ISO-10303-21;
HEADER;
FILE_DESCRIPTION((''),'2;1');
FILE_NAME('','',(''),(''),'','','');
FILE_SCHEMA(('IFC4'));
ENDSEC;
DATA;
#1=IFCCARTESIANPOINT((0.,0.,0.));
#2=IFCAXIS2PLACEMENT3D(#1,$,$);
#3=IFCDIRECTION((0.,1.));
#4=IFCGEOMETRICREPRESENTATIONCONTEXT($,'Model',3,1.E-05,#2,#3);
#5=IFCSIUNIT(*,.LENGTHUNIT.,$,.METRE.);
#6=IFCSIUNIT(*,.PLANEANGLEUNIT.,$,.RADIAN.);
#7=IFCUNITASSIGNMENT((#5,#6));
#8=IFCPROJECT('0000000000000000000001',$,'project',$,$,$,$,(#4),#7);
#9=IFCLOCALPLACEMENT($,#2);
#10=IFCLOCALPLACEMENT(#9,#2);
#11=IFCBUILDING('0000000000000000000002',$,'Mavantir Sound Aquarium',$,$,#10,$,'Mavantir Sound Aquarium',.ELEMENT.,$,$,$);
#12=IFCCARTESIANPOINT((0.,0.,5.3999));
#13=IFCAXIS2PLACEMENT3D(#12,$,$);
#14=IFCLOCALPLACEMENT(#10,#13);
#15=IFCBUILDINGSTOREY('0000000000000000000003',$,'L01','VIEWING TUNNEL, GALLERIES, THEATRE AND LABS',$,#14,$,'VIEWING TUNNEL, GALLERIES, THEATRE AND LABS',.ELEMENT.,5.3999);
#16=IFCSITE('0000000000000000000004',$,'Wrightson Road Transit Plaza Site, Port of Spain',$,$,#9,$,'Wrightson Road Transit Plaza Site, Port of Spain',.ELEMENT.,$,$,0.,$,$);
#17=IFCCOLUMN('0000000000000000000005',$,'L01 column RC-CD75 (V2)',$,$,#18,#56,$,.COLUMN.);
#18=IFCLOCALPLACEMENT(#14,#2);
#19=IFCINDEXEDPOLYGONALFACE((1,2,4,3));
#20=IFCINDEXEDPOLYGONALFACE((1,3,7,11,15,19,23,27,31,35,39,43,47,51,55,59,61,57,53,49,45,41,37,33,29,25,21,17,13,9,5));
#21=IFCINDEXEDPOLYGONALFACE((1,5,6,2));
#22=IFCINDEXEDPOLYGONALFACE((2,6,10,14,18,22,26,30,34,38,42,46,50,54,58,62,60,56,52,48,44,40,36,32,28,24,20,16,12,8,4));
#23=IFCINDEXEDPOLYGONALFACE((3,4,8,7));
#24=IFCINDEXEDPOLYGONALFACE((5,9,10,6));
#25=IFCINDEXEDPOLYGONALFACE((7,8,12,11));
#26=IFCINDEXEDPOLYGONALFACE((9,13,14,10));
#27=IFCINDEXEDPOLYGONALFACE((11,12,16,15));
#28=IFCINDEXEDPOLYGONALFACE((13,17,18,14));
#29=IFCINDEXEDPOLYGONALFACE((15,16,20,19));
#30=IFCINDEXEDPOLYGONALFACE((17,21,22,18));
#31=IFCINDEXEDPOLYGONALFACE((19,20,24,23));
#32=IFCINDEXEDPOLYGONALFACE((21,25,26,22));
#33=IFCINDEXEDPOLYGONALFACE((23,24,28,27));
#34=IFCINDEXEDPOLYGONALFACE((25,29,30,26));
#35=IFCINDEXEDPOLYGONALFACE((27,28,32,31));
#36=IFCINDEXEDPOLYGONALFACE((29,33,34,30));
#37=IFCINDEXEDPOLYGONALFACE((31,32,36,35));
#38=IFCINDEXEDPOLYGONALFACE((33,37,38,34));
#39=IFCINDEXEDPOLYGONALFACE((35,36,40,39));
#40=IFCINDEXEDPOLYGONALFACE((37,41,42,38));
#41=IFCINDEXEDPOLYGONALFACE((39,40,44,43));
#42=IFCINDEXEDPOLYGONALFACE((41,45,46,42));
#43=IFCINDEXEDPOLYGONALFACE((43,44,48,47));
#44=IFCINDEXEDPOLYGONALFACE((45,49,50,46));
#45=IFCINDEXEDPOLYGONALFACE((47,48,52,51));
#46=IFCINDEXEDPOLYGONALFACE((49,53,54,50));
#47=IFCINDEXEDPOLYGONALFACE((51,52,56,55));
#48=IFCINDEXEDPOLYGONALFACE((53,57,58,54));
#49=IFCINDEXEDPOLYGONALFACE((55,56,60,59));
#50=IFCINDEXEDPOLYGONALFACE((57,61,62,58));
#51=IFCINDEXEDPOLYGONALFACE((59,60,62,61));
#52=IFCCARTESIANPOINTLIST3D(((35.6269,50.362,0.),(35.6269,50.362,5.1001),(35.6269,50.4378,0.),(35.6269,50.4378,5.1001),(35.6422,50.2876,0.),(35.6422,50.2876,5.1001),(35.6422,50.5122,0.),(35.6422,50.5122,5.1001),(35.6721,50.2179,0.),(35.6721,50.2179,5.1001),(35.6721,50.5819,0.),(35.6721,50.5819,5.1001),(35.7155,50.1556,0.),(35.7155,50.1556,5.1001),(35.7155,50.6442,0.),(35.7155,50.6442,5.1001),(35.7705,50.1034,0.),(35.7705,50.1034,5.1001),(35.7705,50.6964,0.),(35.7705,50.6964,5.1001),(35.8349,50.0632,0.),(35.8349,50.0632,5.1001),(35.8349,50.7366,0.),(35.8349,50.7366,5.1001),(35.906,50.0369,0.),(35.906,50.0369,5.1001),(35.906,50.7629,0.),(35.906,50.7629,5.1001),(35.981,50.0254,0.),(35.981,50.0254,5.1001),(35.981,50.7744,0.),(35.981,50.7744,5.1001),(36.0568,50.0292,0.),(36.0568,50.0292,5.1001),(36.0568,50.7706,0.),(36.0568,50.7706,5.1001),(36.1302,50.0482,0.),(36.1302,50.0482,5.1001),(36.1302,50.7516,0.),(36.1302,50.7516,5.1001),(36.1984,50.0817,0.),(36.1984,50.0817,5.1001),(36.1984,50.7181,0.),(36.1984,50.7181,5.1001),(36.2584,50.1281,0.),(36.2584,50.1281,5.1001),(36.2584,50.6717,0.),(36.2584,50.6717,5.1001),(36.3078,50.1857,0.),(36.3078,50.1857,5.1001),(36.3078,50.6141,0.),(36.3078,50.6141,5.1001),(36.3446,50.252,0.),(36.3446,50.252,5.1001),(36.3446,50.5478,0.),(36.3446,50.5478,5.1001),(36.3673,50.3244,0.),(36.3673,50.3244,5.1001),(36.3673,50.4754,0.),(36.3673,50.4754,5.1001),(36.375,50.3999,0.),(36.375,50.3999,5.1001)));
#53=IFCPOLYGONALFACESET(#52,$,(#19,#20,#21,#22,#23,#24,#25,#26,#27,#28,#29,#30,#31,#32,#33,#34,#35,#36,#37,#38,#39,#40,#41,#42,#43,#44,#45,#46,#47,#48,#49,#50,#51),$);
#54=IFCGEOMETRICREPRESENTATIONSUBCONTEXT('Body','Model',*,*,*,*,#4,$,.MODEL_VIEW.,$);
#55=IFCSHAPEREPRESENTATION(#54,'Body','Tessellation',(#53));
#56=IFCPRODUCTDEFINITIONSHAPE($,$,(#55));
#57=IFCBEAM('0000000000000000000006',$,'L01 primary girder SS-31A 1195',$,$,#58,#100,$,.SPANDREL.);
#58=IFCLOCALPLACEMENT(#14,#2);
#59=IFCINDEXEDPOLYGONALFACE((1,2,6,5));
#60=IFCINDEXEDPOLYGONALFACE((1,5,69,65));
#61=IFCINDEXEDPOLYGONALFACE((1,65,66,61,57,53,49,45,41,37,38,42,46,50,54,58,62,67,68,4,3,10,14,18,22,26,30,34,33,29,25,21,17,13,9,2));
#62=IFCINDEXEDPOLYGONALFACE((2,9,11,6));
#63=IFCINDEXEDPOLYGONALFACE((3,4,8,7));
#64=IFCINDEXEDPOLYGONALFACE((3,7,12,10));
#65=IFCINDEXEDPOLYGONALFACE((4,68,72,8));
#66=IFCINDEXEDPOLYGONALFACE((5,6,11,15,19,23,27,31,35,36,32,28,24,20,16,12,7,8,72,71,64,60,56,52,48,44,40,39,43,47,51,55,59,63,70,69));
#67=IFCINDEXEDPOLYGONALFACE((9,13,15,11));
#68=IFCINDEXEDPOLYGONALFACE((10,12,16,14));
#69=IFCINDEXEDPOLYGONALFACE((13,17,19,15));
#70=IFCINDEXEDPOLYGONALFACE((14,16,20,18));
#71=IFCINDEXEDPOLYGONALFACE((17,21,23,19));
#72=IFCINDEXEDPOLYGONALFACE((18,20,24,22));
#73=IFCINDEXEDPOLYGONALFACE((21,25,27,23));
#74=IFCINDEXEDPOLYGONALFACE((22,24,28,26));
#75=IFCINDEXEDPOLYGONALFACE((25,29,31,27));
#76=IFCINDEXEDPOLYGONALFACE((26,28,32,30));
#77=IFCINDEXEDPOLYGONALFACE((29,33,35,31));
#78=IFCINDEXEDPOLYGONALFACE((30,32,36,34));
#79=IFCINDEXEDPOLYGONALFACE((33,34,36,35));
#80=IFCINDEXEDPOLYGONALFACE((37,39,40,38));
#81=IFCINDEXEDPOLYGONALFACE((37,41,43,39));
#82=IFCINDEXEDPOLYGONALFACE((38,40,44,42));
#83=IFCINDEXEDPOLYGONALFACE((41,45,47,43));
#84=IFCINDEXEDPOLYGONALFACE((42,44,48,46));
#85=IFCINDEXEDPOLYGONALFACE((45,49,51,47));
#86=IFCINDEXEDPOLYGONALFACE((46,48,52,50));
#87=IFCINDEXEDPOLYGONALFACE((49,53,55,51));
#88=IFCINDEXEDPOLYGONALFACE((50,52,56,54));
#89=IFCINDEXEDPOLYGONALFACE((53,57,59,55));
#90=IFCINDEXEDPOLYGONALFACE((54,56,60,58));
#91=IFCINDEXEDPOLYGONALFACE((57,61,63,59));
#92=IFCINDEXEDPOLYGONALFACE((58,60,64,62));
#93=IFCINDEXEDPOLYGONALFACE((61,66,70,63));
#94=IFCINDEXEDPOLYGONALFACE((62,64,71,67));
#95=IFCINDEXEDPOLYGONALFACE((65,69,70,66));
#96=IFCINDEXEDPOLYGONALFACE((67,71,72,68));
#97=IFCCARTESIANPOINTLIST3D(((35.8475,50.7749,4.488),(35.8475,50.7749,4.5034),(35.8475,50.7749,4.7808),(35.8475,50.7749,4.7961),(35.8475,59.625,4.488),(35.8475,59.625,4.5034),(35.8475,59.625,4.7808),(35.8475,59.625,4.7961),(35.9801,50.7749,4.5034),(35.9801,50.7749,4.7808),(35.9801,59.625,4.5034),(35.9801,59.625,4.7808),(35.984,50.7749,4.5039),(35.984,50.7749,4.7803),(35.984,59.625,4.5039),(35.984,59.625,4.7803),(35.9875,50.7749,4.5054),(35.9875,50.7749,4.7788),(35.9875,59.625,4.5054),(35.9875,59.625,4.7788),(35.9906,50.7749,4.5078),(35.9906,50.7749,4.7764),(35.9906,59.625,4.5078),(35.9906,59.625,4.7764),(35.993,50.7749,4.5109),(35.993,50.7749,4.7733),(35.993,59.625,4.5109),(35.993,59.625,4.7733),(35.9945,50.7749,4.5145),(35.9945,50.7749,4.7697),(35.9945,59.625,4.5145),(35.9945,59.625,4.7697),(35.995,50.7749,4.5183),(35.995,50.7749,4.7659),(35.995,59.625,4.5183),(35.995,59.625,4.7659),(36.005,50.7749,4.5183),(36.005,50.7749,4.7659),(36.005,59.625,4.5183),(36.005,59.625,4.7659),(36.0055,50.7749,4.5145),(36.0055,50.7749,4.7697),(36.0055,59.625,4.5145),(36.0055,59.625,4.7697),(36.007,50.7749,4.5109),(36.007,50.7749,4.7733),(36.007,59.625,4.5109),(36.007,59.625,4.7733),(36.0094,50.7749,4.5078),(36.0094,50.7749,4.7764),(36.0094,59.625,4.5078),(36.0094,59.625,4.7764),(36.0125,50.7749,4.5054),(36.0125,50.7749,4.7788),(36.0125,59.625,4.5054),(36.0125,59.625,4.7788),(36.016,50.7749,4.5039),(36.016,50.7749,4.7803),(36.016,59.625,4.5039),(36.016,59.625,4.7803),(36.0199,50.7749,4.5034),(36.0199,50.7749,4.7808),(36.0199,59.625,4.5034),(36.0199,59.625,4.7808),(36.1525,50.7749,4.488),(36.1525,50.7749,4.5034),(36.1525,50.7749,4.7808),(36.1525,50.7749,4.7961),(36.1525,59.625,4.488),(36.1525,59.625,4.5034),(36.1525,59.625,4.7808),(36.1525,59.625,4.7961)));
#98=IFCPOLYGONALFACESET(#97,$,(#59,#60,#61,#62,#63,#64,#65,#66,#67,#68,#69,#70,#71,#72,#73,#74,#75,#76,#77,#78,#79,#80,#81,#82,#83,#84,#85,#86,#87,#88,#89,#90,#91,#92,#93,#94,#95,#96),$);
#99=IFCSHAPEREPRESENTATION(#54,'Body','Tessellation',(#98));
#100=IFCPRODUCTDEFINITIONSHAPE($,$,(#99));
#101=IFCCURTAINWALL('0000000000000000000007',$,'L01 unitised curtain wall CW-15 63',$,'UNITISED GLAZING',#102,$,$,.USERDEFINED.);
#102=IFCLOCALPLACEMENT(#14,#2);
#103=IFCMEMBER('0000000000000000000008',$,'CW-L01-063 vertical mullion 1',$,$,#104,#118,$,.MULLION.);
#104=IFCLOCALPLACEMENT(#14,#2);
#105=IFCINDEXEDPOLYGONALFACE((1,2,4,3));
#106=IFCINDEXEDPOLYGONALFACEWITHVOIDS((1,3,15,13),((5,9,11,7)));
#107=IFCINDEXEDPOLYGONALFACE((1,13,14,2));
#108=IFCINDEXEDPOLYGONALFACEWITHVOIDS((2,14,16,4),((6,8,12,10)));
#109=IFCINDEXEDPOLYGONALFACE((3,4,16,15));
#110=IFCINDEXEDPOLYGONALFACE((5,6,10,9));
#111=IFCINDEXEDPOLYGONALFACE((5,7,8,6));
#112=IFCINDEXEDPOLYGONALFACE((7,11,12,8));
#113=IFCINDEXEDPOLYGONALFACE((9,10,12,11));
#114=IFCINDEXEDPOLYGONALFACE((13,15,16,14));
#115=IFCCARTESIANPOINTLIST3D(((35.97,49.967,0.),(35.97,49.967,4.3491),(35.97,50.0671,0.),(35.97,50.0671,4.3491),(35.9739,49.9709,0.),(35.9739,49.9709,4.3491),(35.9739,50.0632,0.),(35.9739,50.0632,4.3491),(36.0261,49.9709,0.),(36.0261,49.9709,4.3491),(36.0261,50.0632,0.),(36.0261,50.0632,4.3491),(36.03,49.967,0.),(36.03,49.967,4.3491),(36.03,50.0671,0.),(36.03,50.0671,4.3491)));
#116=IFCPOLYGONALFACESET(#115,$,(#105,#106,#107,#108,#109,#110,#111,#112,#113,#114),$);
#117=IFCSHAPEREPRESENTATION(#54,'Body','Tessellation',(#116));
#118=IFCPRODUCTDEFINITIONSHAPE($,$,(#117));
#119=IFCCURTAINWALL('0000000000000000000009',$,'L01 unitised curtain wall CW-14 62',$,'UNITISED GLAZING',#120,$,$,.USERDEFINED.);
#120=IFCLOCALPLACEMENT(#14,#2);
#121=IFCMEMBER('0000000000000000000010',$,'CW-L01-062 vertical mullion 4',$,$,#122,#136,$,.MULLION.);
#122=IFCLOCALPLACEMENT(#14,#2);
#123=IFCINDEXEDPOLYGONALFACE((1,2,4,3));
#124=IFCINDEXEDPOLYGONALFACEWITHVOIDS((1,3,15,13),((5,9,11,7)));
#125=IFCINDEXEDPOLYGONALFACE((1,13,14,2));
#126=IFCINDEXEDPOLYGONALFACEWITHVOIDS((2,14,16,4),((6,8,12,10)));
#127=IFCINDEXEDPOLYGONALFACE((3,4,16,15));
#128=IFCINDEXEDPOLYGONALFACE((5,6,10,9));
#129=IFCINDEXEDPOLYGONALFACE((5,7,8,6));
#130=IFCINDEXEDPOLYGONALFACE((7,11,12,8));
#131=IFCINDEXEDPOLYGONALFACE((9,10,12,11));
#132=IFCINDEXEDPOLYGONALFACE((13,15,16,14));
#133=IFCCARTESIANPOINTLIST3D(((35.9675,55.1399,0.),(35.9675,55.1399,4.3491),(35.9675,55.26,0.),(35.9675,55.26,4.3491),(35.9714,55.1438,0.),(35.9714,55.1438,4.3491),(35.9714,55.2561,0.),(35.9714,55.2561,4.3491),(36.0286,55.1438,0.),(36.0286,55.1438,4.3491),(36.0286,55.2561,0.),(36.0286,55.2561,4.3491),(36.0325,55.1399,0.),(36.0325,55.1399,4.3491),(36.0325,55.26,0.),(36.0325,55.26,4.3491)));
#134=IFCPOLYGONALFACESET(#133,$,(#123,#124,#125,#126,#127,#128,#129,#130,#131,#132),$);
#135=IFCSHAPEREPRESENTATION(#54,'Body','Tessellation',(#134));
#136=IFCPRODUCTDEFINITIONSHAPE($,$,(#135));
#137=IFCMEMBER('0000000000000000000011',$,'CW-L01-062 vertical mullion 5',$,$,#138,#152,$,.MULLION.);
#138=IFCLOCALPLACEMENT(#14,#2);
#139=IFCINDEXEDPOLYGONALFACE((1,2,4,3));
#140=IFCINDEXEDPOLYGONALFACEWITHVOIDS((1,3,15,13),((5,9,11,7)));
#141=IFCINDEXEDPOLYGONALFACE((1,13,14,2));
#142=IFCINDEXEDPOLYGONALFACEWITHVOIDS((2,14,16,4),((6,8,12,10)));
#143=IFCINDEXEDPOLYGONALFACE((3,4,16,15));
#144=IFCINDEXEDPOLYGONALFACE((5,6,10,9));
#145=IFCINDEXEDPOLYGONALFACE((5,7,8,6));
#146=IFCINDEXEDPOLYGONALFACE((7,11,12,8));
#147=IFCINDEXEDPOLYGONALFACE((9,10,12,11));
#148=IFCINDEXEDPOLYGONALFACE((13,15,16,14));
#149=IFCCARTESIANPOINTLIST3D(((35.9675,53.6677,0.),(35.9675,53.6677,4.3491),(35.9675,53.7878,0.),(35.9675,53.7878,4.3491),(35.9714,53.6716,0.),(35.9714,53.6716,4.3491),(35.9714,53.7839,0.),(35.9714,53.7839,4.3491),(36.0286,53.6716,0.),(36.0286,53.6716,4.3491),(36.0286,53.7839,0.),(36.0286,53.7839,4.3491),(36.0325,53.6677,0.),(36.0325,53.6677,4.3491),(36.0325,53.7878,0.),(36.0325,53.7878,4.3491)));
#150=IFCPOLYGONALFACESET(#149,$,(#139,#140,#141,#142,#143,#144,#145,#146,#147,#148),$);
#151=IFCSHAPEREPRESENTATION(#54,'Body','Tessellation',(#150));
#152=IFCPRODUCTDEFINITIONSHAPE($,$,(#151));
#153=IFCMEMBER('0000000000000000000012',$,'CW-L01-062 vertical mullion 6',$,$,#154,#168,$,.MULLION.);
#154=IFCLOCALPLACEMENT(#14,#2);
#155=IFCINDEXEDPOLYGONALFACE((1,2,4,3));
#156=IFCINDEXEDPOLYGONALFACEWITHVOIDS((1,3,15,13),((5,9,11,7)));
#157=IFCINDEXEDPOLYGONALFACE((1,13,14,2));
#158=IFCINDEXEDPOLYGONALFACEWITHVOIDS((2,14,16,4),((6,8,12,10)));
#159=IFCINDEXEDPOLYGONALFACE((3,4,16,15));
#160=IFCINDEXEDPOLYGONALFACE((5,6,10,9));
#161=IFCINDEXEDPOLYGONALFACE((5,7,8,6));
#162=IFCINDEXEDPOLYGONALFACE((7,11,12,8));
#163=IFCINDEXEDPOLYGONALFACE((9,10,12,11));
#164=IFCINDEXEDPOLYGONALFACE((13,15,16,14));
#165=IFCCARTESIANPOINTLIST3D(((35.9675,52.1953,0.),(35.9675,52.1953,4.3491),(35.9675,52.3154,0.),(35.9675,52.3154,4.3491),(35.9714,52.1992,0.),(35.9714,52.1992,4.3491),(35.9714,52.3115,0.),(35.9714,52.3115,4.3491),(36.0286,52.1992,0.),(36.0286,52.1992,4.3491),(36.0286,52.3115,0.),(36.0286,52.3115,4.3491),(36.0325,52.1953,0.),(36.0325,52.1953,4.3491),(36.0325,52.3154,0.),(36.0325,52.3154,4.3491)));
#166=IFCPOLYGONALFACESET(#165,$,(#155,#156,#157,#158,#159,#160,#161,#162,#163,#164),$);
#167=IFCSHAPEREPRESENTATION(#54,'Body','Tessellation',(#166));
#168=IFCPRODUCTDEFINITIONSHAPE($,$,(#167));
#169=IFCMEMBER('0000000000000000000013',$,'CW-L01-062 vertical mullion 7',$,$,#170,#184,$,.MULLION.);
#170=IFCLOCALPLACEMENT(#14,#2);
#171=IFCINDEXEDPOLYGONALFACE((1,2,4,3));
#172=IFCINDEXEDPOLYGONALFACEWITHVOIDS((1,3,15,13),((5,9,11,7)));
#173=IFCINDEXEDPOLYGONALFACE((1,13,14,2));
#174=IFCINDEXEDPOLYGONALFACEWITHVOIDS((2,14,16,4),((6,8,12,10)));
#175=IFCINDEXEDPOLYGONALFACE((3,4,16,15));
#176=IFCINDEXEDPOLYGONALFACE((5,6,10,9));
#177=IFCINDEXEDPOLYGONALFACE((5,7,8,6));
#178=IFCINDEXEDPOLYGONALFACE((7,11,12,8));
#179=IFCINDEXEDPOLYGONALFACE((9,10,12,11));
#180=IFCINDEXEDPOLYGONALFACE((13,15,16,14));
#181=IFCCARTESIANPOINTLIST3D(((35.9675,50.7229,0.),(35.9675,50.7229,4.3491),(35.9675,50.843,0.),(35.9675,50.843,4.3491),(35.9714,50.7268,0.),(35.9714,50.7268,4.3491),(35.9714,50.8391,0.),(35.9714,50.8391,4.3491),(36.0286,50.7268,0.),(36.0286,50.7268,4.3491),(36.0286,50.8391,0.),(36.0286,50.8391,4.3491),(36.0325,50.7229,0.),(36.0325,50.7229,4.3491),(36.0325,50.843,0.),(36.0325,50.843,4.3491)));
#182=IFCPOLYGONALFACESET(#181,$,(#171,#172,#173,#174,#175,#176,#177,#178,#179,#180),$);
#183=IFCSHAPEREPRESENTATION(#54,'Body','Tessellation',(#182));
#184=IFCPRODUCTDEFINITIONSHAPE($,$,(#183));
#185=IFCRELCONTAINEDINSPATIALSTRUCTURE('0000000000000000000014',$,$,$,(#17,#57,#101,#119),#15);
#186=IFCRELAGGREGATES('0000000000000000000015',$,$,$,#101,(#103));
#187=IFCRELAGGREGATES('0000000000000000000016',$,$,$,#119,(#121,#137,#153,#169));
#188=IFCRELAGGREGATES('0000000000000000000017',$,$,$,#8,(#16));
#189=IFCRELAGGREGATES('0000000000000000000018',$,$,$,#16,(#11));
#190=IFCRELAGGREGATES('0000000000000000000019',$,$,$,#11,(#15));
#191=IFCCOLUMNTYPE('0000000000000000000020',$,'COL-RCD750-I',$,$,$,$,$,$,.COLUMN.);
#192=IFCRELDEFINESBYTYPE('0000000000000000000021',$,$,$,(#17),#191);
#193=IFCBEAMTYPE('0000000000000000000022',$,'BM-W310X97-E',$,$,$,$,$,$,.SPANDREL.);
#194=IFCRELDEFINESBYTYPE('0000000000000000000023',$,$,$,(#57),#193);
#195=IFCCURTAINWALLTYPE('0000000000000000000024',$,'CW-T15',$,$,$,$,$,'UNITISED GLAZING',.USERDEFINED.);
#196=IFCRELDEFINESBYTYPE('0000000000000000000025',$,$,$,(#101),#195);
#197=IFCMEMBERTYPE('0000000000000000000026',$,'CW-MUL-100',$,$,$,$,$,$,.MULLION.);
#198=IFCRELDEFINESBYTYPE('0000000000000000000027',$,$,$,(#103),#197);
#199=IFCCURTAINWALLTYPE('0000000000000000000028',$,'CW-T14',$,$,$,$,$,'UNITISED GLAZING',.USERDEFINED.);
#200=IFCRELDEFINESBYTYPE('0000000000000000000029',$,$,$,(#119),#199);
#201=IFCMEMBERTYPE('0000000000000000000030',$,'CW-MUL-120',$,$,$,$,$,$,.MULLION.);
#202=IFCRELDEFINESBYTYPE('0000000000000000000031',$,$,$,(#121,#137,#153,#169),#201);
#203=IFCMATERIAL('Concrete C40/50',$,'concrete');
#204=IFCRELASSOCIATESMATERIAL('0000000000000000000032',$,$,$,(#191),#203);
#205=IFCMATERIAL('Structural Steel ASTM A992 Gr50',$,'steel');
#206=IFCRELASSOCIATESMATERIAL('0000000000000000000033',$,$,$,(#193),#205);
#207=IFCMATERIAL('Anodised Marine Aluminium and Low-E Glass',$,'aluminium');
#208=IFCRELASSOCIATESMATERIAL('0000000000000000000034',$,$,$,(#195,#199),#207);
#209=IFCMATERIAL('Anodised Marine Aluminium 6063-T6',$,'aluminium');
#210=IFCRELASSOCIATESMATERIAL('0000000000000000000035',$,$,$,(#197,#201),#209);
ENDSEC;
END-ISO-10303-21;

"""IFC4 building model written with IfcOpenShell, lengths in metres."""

from ifc_helpers import new_model, si_unit, direction, frame, origin, origin_2d, place, context, subcontext, project, spatial, hollow_rectangle, circle, i_section, extrude, material, material_profile, profile_set, type_object, element, aggregate, save


model = new_model("IFC4")

# Units and contexts
model_context = context("Model", 3, precision=1e-05, world=origin(), true_north=direction((0.0, 1.0)))
body_context = subcontext(model_context, "Body", "Model", "MODEL_VIEW")
ifc_project = project(units=[si_unit("LENGTHUNIT", "METRE"), si_unit("PLANEANGLEUNIT", "RADIAN")], contexts=[model_context])

# Site, building, storey
site_placement = place(None, origin())
site = spatial("IfcSite", under=ifc_project, at=site_placement, Name="Wrightson Road Transit Plaza Site, Port of Spain", LongName="Wrightson Road Transit Plaza Site, Port of Spain", CompositionType="ELEMENT", RefElevation=0.0)
building_placement = place(site_placement, origin())
building = spatial("IfcBuilding", under=site, at=building_placement, Name="Mavantir Sound Aquarium", LongName="Mavantir Sound Aquarium", CompositionType="ELEMENT")
storey_placement = place(building_placement, frame((0.0, 0.0, 5.3999)))
storey = spatial("IfcBuildingStorey", under=building, at=storey_placement, Name="L01", Description="VIEWING TUNNEL, GALLERIES, THEATRE AND LABS", LongName="VIEWING TUNNEL, GALLERIES, THEATRE AND LABS", CompositionType="ELEMENT", Elevation=5.3999)

# Column
ifc_material_1 = material(Name="Concrete C40/50", Category="concrete")
ifc_material_profile_1 = material_profile(ifc_material_1, circle(Radius=0.375, at=origin_2d()), Name="RC D750")
ifc_profile_set_1 = profile_set([ifc_material_profile_1], Name="Concrete C40/50")
column_type = type_object("IfcColumnType", Name="COL-RCD750-I", PredefinedType="COLUMN", material=ifc_profile_set_1)
column_placement = place(storey_placement, frame((36.0, 50.3999, 0.0), z_axis=(0.0, 0.0, 1.0), x_axis=(1.0, 0.0, 0.0)))
element("IfcColumn", 1, at=column_placement, inside=storey, type_object=column_type, Name="L01 column RC-CD75 (V2)", PredefinedType="COLUMN", context=body_context, shape_type="SweptSolid", body=[
    extrude(circle(Radius=0.375, at=origin_2d()), origin(), (0.0, 0.0, 1.0), 5.1001),
])

# Beam
ifc_material_2 = material(Name="Structural Steel ASTM A992 Gr50", Category="steel")
ifc_material_profile_2 = material_profile(ifc_material_2, i_section(OverallWidth=0.3049, OverallDepth=0.3081, WebThickness=0.01, FlangeThickness=0.0154, FilletRadius=0.0149, at=origin_2d()), Name="W310X97")
ifc_profile_set_2 = profile_set([ifc_material_profile_2], Name="Structural Steel ASTM A992 Gr50")
beam_type = type_object("IfcBeamType", Name="BM-W310X97-E", PredefinedType="SPANDREL", material=ifc_profile_set_2)
beam_placement = place(storey_placement, frame((36.0, 50.7749, 4.6421), z_axis=(0.0, 1.0, 0.0), x_axis=(-1.0, 0.0, 0.0)))
element("IfcBeam", 2, at=beam_placement, inside=storey, type_object=beam_type, Name="L01 primary girder SS-31A 1195", PredefinedType="SPANDREL", context=body_context, shape_type="SweptSolid", body=[
    extrude(i_section(OverallWidth=0.3049, OverallDepth=0.3081, WebThickness=0.01, FlangeThickness=0.0154, FilletRadius=0.0149, at=origin_2d()), origin(), (0.0, 0.0, 1.0), 8.8501),
])

# Curtain wall, member
ifc_material_3 = material(Name="Anodised Marine Aluminium and Low-E Glass", Category="aluminium")
curtain_wall_type_1 = type_object("IfcCurtainWallType", Name="CW-T15", ElementType="UNITISED GLAZING", PredefinedType="USERDEFINED", material=ifc_material_3)
curtain_wall_1_placement = place(storey_placement, origin())
curtain_wall_1 = element("IfcCurtainWall", 3, at=curtain_wall_1_placement, inside=storey, type_object=curtain_wall_type_1, Name="L01 unitised curtain wall CW-15 63", ObjectType="UNITISED GLAZING", PredefinedType="USERDEFINED")
ifc_material_4 = material(Name="Anodised Marine Aluminium 6063-T6", Category="aluminium")
ifc_material_profile_3 = material_profile(ifc_material_4, hollow_rectangle(XDim=0.0601, YDim=0.1001, WallThickness=0.0039, at=origin_2d()), Name="ALU-MULLION-100X60")
ifc_profile_set_3 = profile_set([ifc_material_profile_3], Name="Anodised Marine Aluminium 6063-T6")
member_type_1 = type_object("IfcMemberType", Name="CW-MUL-100", PredefinedType="MULLION", material=ifc_profile_set_3)
member_1_placement = place(storey_placement, frame((36.0, 50.0171, 0.0), z_axis=(0.0, 0.0, 1.0), x_axis=(1.0, 0.0, 0.0)))
member_1 = element("IfcMember", 4, at=member_1_placement, type_object=member_type_1, Name="CW-L01-063 vertical mullion 1", PredefinedType="MULLION", context=body_context, shape_type="SweptSolid", body=[
    extrude(hollow_rectangle(XDim=0.0601, YDim=0.1001, WallThickness=0.0039, at=origin_2d()), origin(), (0.0, 0.0, 1.0), 4.3491),
])

# Curtain wall, members
curtain_wall_type_2 = type_object("IfcCurtainWallType", Name="CW-T14", ElementType="UNITISED GLAZING", PredefinedType="USERDEFINED", material=ifc_material_3)
curtain_wall_2_placement = place(storey_placement, origin())
curtain_wall_2 = element("IfcCurtainWall", 5, at=curtain_wall_2_placement, inside=storey, type_object=curtain_wall_type_2, Name="L01 unitised curtain wall CW-14 62", ObjectType="UNITISED GLAZING", PredefinedType="USERDEFINED")
ifc_material_profile_4 = material_profile(ifc_material_4, hollow_rectangle(XDim=0.0649, YDim=0.1201, WallThickness=0.0039, at=origin_2d()), Name="ALU-MULLION-120X65")
ifc_profile_set_4 = profile_set([ifc_material_profile_4], Name="Anodised Marine Aluminium 6063-T6")
member_type_2 = type_object("IfcMemberType", Name="CW-MUL-120", PredefinedType="MULLION", material=ifc_profile_set_4)
member_2_placement = place(storey_placement, frame((36.0, 55.2, 0.0), z_axis=(0.0, 0.0, 1.0), x_axis=(1.0, 0.0, 0.0)))
member_2 = element("IfcMember", 6, at=member_2_placement, type_object=member_type_2, Name="CW-L01-062 vertical mullion 4", PredefinedType="MULLION", context=body_context, shape_type="SweptSolid", body=[
    extrude(hollow_rectangle(XDim=0.0649, YDim=0.1201, WallThickness=0.0039, at=origin_2d()), origin(), (0.0, 0.0, 1.0), 4.3491),
])
member_3_placement = place(storey_placement, frame((36.0, 53.7278, 0.0), z_axis=(0.0, 0.0, 1.0), x_axis=(1.0, 0.0, 0.0)))
member_3 = element("IfcMember", 7, at=member_3_placement, type_object=member_type_2, Name="CW-L01-062 vertical mullion 5", PredefinedType="MULLION", context=body_context, shape_type="SweptSolid", body=[
    extrude(hollow_rectangle(XDim=0.0649, YDim=0.1201, WallThickness=0.0039, at=origin_2d()), origin(), (0.0, 0.0, 1.0), 4.3491),
])
member_4_placement = place(storey_placement, frame((36.0, 52.2554, 0.0), z_axis=(0.0, 0.0, 1.0), x_axis=(1.0, 0.0, 0.0)))
member_4 = element("IfcMember", 8, at=member_4_placement, type_object=member_type_2, Name="CW-L01-062 vertical mullion 6", PredefinedType="MULLION", context=body_context, shape_type="SweptSolid", body=[
    extrude(hollow_rectangle(XDim=0.0649, YDim=0.1201, WallThickness=0.0039, at=origin_2d()), origin(), (0.0, 0.0, 1.0), 4.3491),
])
member_5_placement = place(storey_placement, frame((36.0, 50.783, 0.0), z_axis=(0.0, 0.0, 1.0), x_axis=(1.0, 0.0, 0.0)))
member_5 = element("IfcMember", 9, at=member_5_placement, type_object=member_type_2, Name="CW-L01-062 vertical mullion 7", PredefinedType="MULLION", context=body_context, shape_type="SweptSolid", body=[
    extrude(hollow_rectangle(XDim=0.0649, YDim=0.1201, WallThickness=0.0039, at=origin_2d()), origin(), (0.0, 0.0, 1.0), 4.3491),
])

aggregate(curtain_wall_1, [member_1])
aggregate(curtain_wall_2, [member_2, member_3, member_4, member_5])

save(model, "model.ifc")
